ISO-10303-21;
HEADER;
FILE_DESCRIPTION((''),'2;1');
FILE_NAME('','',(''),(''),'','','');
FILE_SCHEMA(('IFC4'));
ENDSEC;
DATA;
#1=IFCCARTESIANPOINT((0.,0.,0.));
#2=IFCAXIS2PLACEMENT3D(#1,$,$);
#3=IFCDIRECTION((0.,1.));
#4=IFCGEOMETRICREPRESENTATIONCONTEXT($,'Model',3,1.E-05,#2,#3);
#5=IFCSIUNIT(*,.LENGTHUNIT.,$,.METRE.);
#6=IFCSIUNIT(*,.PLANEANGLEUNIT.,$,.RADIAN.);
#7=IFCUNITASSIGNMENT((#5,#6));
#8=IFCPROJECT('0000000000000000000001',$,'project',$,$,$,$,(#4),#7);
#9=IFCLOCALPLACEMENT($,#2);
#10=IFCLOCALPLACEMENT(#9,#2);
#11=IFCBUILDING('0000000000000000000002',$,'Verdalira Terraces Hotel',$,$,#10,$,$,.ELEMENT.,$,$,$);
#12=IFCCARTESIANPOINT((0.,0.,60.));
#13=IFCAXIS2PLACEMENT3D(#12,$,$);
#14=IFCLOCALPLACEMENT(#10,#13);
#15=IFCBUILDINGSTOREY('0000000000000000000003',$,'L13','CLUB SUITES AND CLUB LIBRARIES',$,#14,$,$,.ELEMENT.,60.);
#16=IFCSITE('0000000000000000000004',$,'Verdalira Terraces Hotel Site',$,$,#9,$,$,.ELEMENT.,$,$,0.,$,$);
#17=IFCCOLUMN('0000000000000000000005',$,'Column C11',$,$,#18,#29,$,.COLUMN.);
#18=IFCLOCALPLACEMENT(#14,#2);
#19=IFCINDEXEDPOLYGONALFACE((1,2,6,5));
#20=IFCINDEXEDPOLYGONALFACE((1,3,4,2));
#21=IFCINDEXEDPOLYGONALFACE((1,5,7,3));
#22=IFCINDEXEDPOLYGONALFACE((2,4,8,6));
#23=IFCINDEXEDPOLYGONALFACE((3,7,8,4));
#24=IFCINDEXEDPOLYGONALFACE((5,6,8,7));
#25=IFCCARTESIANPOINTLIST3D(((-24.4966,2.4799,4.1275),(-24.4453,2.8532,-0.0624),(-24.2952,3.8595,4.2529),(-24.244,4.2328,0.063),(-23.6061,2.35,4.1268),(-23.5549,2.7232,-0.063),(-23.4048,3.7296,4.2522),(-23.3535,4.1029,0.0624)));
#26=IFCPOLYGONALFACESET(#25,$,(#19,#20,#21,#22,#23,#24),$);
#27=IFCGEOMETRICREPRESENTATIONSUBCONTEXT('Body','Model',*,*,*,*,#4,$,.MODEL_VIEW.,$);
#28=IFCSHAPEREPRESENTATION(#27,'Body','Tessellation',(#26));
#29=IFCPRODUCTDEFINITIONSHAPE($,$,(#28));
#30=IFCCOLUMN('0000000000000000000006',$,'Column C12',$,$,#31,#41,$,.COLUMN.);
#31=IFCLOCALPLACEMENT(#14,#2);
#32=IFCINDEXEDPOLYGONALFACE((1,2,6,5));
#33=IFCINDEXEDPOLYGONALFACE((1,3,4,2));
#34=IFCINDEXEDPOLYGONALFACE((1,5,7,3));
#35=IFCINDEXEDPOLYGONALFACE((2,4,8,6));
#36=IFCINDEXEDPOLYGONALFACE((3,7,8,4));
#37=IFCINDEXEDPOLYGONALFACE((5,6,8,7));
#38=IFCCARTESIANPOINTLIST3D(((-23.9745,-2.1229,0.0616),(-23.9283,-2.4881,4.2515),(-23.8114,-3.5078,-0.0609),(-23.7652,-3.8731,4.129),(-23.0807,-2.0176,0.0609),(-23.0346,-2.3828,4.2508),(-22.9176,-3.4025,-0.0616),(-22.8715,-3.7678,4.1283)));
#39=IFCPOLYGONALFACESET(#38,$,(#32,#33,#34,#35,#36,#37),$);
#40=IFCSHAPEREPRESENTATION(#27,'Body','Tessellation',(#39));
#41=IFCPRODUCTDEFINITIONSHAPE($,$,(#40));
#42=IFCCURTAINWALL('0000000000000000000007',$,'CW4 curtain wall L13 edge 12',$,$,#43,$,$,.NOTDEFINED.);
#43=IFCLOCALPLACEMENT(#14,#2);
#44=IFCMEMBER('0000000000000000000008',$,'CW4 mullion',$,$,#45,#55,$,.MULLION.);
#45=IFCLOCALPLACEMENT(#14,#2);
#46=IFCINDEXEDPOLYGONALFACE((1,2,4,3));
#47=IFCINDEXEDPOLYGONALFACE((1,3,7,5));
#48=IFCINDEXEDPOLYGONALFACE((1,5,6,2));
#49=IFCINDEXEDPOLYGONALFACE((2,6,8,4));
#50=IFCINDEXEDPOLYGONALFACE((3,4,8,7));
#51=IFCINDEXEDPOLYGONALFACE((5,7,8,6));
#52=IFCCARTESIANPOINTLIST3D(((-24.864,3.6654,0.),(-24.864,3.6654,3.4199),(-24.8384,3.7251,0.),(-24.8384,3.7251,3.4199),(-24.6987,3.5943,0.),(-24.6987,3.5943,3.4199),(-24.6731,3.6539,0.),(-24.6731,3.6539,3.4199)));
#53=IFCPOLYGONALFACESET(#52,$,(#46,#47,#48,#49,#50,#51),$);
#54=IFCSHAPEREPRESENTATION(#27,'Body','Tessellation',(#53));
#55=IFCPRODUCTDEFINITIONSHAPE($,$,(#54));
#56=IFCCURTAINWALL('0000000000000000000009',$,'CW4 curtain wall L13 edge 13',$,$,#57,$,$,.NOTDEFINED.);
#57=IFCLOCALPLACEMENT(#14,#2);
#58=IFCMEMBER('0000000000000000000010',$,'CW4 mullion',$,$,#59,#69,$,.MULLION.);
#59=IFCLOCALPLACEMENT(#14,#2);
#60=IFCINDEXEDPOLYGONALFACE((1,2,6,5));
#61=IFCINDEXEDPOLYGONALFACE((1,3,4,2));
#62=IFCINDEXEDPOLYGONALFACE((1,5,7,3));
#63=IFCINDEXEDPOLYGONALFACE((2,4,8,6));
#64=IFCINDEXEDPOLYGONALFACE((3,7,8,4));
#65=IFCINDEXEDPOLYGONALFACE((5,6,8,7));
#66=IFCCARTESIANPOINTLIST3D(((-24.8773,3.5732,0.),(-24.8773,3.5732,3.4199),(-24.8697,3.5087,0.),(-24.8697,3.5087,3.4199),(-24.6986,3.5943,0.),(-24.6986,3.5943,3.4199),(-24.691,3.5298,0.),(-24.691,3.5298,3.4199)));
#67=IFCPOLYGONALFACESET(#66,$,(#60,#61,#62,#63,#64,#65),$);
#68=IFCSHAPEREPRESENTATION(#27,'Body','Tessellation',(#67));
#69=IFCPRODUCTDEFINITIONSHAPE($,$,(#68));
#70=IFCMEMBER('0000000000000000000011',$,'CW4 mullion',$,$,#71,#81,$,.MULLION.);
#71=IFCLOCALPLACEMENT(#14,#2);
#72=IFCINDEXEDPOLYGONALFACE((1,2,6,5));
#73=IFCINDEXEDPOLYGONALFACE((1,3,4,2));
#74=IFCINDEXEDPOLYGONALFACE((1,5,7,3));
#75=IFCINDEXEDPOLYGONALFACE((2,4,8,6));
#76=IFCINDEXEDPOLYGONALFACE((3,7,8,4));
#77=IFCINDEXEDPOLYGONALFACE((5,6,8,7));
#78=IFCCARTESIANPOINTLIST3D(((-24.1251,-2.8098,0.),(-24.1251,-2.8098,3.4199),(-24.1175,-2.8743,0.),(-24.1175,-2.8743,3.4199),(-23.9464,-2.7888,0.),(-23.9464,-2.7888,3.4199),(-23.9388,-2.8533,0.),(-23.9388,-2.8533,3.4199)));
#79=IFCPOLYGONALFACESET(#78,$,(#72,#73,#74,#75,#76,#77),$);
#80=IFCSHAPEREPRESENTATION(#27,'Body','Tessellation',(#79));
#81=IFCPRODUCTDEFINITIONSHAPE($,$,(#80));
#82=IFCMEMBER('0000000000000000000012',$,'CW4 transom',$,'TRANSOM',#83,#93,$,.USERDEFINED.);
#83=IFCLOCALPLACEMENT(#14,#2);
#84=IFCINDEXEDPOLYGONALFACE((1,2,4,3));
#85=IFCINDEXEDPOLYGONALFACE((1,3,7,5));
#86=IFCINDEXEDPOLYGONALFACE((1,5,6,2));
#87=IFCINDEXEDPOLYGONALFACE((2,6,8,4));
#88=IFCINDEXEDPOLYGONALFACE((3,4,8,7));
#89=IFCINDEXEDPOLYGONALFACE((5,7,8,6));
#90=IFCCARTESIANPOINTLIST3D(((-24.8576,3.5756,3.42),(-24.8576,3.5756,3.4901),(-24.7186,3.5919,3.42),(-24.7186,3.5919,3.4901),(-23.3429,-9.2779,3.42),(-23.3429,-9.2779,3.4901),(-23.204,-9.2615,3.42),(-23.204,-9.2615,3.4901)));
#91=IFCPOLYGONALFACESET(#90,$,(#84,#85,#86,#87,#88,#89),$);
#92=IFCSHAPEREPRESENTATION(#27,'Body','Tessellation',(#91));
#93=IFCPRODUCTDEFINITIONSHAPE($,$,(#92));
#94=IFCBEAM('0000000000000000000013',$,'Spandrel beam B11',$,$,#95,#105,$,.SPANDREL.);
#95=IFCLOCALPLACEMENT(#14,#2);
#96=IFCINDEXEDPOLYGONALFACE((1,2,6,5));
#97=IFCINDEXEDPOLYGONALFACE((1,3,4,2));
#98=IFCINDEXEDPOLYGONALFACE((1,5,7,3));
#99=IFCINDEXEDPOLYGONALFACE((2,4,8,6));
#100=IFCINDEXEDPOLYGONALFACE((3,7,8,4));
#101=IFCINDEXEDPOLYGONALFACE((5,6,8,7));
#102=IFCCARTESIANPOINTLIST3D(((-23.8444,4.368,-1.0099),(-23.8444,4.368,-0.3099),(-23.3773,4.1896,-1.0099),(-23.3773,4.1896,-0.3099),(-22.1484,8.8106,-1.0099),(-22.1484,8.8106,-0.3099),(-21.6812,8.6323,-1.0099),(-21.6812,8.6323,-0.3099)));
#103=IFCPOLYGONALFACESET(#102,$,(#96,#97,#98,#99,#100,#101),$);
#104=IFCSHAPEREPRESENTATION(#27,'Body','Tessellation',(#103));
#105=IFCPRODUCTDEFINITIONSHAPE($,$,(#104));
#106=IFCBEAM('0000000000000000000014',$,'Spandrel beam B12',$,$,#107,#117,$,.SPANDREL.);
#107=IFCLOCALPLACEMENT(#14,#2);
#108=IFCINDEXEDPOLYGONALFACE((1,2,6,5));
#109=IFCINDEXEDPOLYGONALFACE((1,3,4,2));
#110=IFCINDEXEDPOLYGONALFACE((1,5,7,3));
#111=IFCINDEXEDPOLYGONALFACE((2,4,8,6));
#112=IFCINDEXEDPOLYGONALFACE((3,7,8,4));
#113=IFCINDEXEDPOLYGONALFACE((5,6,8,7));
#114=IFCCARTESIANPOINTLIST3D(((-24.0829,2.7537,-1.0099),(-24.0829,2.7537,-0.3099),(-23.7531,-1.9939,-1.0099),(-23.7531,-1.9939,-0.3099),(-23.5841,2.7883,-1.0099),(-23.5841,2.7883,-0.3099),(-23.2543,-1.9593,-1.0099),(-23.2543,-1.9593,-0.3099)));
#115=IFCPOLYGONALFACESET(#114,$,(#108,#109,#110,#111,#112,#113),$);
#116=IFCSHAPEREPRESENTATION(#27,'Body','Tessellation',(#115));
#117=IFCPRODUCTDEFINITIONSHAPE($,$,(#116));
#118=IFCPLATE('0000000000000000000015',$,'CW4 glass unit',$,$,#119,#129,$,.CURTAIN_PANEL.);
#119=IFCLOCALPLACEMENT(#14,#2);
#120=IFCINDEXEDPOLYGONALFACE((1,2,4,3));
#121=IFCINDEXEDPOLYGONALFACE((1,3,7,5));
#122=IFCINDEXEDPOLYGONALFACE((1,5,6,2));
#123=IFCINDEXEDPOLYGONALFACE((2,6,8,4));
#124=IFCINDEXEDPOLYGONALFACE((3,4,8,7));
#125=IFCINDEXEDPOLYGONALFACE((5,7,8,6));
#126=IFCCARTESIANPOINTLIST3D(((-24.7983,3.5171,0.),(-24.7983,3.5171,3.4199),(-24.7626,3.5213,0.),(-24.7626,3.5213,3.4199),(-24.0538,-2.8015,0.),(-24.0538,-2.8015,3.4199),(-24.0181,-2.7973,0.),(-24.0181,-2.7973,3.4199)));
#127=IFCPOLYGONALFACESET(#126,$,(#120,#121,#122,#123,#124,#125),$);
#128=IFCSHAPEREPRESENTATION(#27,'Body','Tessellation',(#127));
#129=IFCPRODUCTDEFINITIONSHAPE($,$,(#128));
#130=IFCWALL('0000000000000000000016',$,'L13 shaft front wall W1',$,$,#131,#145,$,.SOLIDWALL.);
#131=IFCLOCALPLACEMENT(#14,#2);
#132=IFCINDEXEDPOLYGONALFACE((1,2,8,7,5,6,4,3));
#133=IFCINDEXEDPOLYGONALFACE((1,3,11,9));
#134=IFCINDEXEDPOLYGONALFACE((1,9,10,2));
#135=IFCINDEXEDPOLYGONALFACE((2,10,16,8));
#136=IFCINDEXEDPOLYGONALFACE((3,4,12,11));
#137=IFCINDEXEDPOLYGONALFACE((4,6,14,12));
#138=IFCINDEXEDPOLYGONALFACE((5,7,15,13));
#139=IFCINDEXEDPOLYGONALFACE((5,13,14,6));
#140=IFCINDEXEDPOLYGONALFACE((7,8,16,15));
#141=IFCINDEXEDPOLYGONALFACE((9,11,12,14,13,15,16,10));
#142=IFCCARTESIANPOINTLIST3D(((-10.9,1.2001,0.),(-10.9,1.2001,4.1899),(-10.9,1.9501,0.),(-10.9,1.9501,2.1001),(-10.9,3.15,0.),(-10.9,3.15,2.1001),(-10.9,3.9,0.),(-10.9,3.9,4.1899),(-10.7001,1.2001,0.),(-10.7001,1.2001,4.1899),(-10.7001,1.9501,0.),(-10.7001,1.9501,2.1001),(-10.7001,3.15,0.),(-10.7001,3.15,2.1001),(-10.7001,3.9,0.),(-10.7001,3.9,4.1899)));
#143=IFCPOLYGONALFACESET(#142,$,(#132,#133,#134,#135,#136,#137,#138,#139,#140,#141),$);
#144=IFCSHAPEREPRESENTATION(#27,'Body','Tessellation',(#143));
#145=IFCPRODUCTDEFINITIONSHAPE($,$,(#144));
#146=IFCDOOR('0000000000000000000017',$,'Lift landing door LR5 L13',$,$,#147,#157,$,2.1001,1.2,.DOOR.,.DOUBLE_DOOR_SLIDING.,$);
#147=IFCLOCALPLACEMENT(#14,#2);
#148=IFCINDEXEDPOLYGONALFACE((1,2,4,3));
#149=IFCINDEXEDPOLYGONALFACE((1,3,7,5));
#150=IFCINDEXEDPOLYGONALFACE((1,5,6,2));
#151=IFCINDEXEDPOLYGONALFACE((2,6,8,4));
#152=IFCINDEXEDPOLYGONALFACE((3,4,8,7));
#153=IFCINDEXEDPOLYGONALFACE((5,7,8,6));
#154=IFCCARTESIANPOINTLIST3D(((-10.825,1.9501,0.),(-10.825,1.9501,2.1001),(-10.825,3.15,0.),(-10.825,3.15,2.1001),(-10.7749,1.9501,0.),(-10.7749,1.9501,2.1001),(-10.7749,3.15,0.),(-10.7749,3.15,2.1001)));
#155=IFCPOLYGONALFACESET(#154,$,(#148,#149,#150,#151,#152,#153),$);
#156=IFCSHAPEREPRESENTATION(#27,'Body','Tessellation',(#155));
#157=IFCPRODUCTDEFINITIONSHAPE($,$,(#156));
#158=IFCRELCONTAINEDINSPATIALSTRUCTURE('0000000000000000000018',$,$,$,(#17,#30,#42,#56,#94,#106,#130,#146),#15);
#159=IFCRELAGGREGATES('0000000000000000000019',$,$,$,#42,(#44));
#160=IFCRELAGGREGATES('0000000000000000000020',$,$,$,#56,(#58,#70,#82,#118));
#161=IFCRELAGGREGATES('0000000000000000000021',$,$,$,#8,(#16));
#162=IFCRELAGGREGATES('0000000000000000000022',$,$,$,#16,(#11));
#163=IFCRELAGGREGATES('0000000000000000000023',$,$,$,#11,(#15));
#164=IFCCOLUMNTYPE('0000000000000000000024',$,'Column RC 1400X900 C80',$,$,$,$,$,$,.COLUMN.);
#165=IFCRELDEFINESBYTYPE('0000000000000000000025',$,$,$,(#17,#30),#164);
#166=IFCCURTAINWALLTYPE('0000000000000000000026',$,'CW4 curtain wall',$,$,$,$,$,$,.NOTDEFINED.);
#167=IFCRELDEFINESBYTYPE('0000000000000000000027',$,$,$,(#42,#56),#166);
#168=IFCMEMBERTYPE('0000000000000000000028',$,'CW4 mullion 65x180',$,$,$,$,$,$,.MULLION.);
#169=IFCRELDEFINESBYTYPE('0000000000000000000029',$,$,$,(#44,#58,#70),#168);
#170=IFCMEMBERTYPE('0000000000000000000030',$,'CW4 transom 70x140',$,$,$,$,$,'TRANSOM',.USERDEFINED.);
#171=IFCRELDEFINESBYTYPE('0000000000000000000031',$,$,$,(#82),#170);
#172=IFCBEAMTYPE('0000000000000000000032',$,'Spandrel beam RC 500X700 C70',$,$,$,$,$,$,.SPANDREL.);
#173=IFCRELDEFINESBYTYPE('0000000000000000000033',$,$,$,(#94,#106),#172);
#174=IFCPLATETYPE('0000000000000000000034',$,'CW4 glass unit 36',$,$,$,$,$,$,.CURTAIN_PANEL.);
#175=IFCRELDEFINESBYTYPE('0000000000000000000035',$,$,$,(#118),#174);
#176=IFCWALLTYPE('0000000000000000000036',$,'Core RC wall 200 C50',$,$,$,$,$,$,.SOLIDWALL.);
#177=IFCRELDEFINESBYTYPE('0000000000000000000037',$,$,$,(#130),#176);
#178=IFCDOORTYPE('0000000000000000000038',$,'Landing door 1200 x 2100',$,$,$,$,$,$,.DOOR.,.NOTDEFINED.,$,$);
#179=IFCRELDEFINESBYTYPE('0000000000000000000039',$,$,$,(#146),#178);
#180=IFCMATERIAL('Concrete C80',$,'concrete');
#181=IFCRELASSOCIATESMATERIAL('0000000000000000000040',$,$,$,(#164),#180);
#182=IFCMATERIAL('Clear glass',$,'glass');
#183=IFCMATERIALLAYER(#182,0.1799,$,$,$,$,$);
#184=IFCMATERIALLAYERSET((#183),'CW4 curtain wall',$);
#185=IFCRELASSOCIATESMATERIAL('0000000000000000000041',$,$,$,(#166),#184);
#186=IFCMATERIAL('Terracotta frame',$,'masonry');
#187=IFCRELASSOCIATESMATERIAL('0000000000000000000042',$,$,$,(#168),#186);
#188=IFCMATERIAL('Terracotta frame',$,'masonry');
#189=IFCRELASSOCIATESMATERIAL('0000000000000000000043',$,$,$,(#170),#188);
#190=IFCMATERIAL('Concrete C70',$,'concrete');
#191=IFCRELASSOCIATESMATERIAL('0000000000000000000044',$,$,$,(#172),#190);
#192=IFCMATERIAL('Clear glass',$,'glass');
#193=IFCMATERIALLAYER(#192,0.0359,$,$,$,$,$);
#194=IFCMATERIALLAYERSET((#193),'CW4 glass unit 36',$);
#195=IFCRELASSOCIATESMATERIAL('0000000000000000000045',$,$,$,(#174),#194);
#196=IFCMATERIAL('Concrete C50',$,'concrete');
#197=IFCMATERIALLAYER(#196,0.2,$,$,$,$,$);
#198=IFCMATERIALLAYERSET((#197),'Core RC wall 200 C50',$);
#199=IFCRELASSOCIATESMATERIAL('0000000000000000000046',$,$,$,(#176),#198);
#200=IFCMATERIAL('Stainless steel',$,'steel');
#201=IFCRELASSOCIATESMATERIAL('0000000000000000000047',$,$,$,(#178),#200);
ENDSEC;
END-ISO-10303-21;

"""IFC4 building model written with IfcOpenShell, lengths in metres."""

from ifc_helpers import new_model, si_unit, direction, frame, frame_2d, origin, origin_2d, place, context, subcontext, project, spatial, rectangle, extrude, material, layer, layer_set, material_profile, profile_set, type_object, element, fill, aggregate, save


model = new_model("IFC4")

# Units and contexts
model_context = context("Model", 3, precision=1e-05, world=origin(), true_north=direction((0.0, 1.0)))
body_context = subcontext(model_context, "Body", "Model", "MODEL_VIEW")
ifc_project = project(units=[si_unit("LENGTHUNIT", "METRE"), si_unit("PLANEANGLEUNIT", "RADIAN")], contexts=[model_context])

# Site, building, storey
site_placement = place(None, origin())
site = spatial("IfcSite", under=ifc_project, at=site_placement, Name="Verdalira Terraces Hotel Site", CompositionType="ELEMENT", RefElevation=0.0)
building_placement = place(site_placement, origin())
building = spatial("IfcBuilding", under=site, at=building_placement, Name="Verdalira Terraces Hotel", CompositionType="ELEMENT")
storey_placement = place(building_placement, frame((0.0, 0.0, 60.0)))
storey = spatial("IfcBuildingStorey", under=building, at=storey_placement, Name="L13", Description="CLUB SUITES AND CLUB LIBRARIES", CompositionType="ELEMENT", Elevation=60.0)

# Columns
ifc_material_1 = material(Name="Concrete C80", Category="concrete")
ifc_material_profile_1 = material_profile(ifc_material_1, rectangle(XDim=1.3999, YDim=0.8999, at=origin_2d()), Name="RC 1400X900")
ifc_profile_set_1 = profile_set([ifc_material_profile_1], Name="Concrete C80")
column_type = type_object("IfcColumnType", Name="Column RC 1400X900 C80", PredefinedType="COLUMN", material=ifc_profile_set_1)
column_1_placement = place(storey_placement, frame((-23.8994, 3.478, 0.0), z_axis=(-0.012187, -0.088734, 0.995981), x_axis=(0.143848, 0.985538, 0.089564)))
element("IfcColumn", 1, at=column_1_placement, inside=storey, type_object=column_type, Name="Column C11", PredefinedType="COLUMN", context=body_context, shape_type="SweptSolid", body=[
    extrude(rectangle(XDim=1.3999, YDim=0.8999, at=origin_2d()), origin(), (0.0, 0.0, 1.0), 4.2068),
])
column_2_placement = place(storey_placement, frame((-23.446, -2.7627, 0.0), z_axis=(0.01097, -0.086835, 0.996162), x_axis=(0.116511, -0.989326, -0.087522)))
element("IfcColumn", 2, at=column_2_placement, inside=storey, type_object=column_type, Name="Column C12", PredefinedType="COLUMN", context=body_context, shape_type="SweptSolid", body=[
    extrude(rectangle(XDim=1.3999, YDim=0.8999, at=origin_2d()), origin(), (0.0, 0.0, 1.0), 4.2061),
])

# Curtain wall, member
ifc_material_2 = material(Name="Clear glass", Category="glass")
ifc_layer_1 = layer(ifc_material_2, 0.1799)
ifc_layer_set_1 = layer_set([ifc_layer_1], Name="CW4 curtain wall")
curtain_wall_type = type_object("IfcCurtainWallType", Name="CW4 curtain wall", PredefinedType="NOTDEFINED", material=ifc_layer_set_1)
curtain_wall_1_placement = place(storey_placement, origin())
curtain_wall_1 = element("IfcCurtainWall", 3, at=curtain_wall_1_placement, inside=storey, type_object=curtain_wall_type, Name="CW4 curtain wall L13 edge 12", PredefinedType="NOTDEFINED")
ifc_material_3 = material(Name="Terracotta frame", Category="masonry")
ifc_material_profile_2 = material_profile(ifc_material_3, rectangle(XDim=0.0649, YDim=0.1799, at=origin_2d()), Name="MU 65x180")
ifc_profile_set_2 = profile_set([ifc_material_profile_2], Name="Terracotta frame")
member_type_1 = type_object("IfcMemberType", Name="CW4 mullion 65x180", PredefinedType="MULLION", material=ifc_profile_set_2)
member_1_placement = place(storey_placement, frame((-24.7686, 3.6597, 0.0), z_axis=(0.0, 0.0, 1.0), x_axis=(-0.395225, -0.918584, 0.0)))
member_1 = element("IfcMember", 4, at=member_1_placement, type_object=member_type_1, Name="CW4 mullion", PredefinedType="MULLION", context=body_context, shape_type="SweptSolid", body=[
    extrude(rectangle(XDim=0.0649, YDim=0.1799, at=origin_2d()), origin(), (0.0, 0.0, 1.0), 3.4199),
])
aggregate(curtain_wall_1, [member_1])

# Curtain wall, members
curtain_wall_2_placement = place(storey_placement, origin())
curtain_wall_2 = element("IfcCurtainWall", 5, at=curtain_wall_2_placement, inside=storey, type_object=curtain_wall_type, Name="CW4 curtain wall L13 edge 13", PredefinedType="NOTDEFINED")
member_2_placement = place(storey_placement, frame((-24.7842, 3.5515, 0.0), z_axis=(0.0, 0.0, 1.0), x_axis=(0.117017, -0.99313, 0.0)))
member_2 = element("IfcMember", 6, at=member_2_placement, type_object=member_type_1, Name="CW4 mullion", PredefinedType="MULLION", context=body_context, shape_type="SweptSolid", body=[
    extrude(rectangle(XDim=0.0649, YDim=0.1799, at=origin_2d()), origin(), (0.0, 0.0, 1.0), 3.4199),
])
member_3_placement = place(storey_placement, frame((-24.032, -2.8315, 0.0), z_axis=(0.0, 0.0, 1.0), x_axis=(0.117017, -0.99313, 0.0)))
member_3 = element("IfcMember", 7, at=member_3_placement, type_object=member_type_1, Name="CW4 mullion", PredefinedType="MULLION", context=body_context, shape_type="SweptSolid", body=[
    extrude(rectangle(XDim=0.0649, YDim=0.1799, at=origin_2d()), origin(), (0.0, 0.0, 1.0), 3.4199),
])
ifc_material_4 = material(Name="Terracotta frame", Category="masonry")
ifc_material_profile_3 = material_profile(ifc_material_4, rectangle(XDim=0.1399, YDim=0.0701, at=origin_2d()), Name="TR 70x140")
ifc_profile_set_3 = profile_set([ifc_material_profile_3], Name="Terracotta frame")
member_type_2 = type_object("IfcMemberType", Name="CW4 transom 70x140", ElementType="TRANSOM", PredefinedType="USERDEFINED", material=ifc_profile_set_3)
member_4_placement = place(storey_placement, frame((-24.7881, 3.5837, 3.4551), z_axis=(0.117029, -0.993128, 0.0), x_axis=(0.993128, 0.117029, 0.0)))
member_4 = element("IfcMember", 8, at=member_4_placement, type_object=member_type_2, Name="CW4 transom", ObjectType="TRANSOM", PredefinedType="USERDEFINED", context=body_context, shape_type="SweptSolid", body=[
    extrude(rectangle(XDim=0.1399, YDim=0.0701, at=origin_2d()), origin(), (0.0, 0.0, 1.0), 12.9424),
])

# Beams
ifc_material_5 = material(Name="Concrete C70", Category="concrete")
ifc_material_profile_4 = material_profile(ifc_material_5, rectangle(XDim=0.5, YDim=0.7, at=origin_2d()), Name="RC 500X700")
ifc_profile_set_4 = profile_set([ifc_material_profile_4], Name="Concrete C70")
beam_type = type_object("IfcBeamType", Name="Spandrel beam RC 500X700 C70", PredefinedType="SPANDREL", material=ifc_profile_set_4)
beam_1_placement = place(storey_placement, frame((-21.9148, 8.7214, -0.6599), z_axis=(-0.356659, -0.934235, 0.0), x_axis=(0.934235, -0.356659, 0.0)))
element("IfcBeam", 9, at=beam_1_placement, inside=storey, type_object=beam_type, Name="Spandrel beam B11", PredefinedType="SPANDREL", context=body_context, shape_type="SweptSolid", body=[
    extrude(rectangle(XDim=0.5, YDim=0.7, at=origin_2d()), origin(), (0.0, 0.0, 1.0), 4.7554),
])
beam_2_placement = place(storey_placement, frame((-23.8335, 2.771, -0.6599), z_axis=(0.069307, -0.997595, 0.0), x_axis=(0.997595, 0.069307, 0.0)))
element("IfcBeam", 10, at=beam_2_placement, inside=storey, type_object=beam_type, Name="Spandrel beam B12", PredefinedType="SPANDREL", context=body_context, shape_type="SweptSolid", body=[
    extrude(rectangle(XDim=0.5, YDim=0.7, at=origin_2d()), origin(), (0.0, 0.0, 1.0), 4.759),
])

# Plate
ifc_material_6 = material(Name="Clear glass", Category="glass")
ifc_layer_2 = layer(ifc_material_6, 0.0359)
ifc_layer_set_2 = layer_set([ifc_layer_2], Name="CW4 glass unit 36")
plate_type = type_object("IfcPlateType", Name="CW4 glass unit 36", PredefinedType="CURTAIN_PANEL", material=ifc_layer_set_2)
plate_placement = place(storey_placement, frame((-24.4082, 0.3599, 0.0), z_axis=(0.0, 0.0, 1.0), x_axis=(0.117017, -0.99313, 0.0)))
plate = element("IfcPlate", 11, at=plate_placement, type_object=plate_type, Name="CW4 glass unit", PredefinedType="CURTAIN_PANEL", context=body_context, shape_type="SweptSolid", body=[
    extrude(rectangle(XDim=6.3623, YDim=0.0359, at=origin_2d()), origin(), (0.0, 0.0, 1.0), 3.4199),
])
aggregate(curtain_wall_2, [member_2, member_3, member_4, plate])

# Wall, opening, door
ifc_material_7 = material(Name="Concrete C50", Category="concrete")
ifc_layer_3 = layer(ifc_material_7, 0.2)
ifc_layer_set_3 = layer_set([ifc_layer_3], Name="Core RC wall 200 C50")
wall_type_1 = type_object("IfcWallType", Name="Core RC wall 200 C50", PredefinedType="SOLIDWALL", material=ifc_layer_set_3)
wall_1_placement = place(storey_placement, frame((-10.8, 1.2, 0.0), z_axis=(0.0, 0.0, 1.0), x_axis=(0.0, 1.0, 0.0)))
wall_1 = element("IfcWall", 12, at=wall_1_placement, inside=storey, type_object=wall_type_1, Name="L13 shaft front wall W1", PredefinedType="SOLIDWALL", context=body_context, shape_type="SweptSolid", body=[
    extrude(rectangle(XDim=2.7, YDim=0.2, at=frame_2d((1.3501, 0.0))), origin(), (0.0, 0.0, 1.0), 4.1899),
])
opening_1_placement = place(wall_1_placement, frame((0.75, 0.0, 0.0)))
opening_1 = element("IfcOpeningElement", 13, at=opening_1_placement, cuts=wall_1, PredefinedType="OPENING", context=body_context, shape_type="SweptSolid", body=[
    extrude(rectangle(XDim=1.2, YDim=2.1001, at=frame_2d((0.6001, 1.05))), frame((0.0, 0.1099, 0.0), z_axis=(0.0, -1.0, 0.0), x_axis=(1.0, 0.0, 0.0)), (0.0, 0.0, 1.0), 0.22),
])
ifc_material_8 = material(Name="Stainless steel", Category="steel")
door_type_1 = type_object("IfcDoorType", Name="Landing door 1200 x 2100", OperationType="NOTDEFINED", PredefinedType="DOOR", material=ifc_material_8)
door_1_placement = place(opening_1_placement, origin())
door_1 = element("IfcDoor", 14, at=door_1_placement, inside=storey, type_object=door_type_1, Name="Lift landing door LR5 L13", OperationType="DOUBLE_DOOR_SLIDING", OverallHeight=2.1001, OverallWidth=1.2, PredefinedType="DOOR", context=body_context, shape_type="SweptSolid", body=[
    extrude(rectangle(XDim=1.2, YDim=2.1001, at=frame_2d((0.6001, 1.05))), frame((0.0, 0.0249, 0.0), z_axis=(0.0, -1.0, 0.0), x_axis=(1.0, 0.0, 0.0)), (0.0, 0.0, 1.0), 0.05),
])
fill(opening_1, door_1)

save(model, "model.ifc")
